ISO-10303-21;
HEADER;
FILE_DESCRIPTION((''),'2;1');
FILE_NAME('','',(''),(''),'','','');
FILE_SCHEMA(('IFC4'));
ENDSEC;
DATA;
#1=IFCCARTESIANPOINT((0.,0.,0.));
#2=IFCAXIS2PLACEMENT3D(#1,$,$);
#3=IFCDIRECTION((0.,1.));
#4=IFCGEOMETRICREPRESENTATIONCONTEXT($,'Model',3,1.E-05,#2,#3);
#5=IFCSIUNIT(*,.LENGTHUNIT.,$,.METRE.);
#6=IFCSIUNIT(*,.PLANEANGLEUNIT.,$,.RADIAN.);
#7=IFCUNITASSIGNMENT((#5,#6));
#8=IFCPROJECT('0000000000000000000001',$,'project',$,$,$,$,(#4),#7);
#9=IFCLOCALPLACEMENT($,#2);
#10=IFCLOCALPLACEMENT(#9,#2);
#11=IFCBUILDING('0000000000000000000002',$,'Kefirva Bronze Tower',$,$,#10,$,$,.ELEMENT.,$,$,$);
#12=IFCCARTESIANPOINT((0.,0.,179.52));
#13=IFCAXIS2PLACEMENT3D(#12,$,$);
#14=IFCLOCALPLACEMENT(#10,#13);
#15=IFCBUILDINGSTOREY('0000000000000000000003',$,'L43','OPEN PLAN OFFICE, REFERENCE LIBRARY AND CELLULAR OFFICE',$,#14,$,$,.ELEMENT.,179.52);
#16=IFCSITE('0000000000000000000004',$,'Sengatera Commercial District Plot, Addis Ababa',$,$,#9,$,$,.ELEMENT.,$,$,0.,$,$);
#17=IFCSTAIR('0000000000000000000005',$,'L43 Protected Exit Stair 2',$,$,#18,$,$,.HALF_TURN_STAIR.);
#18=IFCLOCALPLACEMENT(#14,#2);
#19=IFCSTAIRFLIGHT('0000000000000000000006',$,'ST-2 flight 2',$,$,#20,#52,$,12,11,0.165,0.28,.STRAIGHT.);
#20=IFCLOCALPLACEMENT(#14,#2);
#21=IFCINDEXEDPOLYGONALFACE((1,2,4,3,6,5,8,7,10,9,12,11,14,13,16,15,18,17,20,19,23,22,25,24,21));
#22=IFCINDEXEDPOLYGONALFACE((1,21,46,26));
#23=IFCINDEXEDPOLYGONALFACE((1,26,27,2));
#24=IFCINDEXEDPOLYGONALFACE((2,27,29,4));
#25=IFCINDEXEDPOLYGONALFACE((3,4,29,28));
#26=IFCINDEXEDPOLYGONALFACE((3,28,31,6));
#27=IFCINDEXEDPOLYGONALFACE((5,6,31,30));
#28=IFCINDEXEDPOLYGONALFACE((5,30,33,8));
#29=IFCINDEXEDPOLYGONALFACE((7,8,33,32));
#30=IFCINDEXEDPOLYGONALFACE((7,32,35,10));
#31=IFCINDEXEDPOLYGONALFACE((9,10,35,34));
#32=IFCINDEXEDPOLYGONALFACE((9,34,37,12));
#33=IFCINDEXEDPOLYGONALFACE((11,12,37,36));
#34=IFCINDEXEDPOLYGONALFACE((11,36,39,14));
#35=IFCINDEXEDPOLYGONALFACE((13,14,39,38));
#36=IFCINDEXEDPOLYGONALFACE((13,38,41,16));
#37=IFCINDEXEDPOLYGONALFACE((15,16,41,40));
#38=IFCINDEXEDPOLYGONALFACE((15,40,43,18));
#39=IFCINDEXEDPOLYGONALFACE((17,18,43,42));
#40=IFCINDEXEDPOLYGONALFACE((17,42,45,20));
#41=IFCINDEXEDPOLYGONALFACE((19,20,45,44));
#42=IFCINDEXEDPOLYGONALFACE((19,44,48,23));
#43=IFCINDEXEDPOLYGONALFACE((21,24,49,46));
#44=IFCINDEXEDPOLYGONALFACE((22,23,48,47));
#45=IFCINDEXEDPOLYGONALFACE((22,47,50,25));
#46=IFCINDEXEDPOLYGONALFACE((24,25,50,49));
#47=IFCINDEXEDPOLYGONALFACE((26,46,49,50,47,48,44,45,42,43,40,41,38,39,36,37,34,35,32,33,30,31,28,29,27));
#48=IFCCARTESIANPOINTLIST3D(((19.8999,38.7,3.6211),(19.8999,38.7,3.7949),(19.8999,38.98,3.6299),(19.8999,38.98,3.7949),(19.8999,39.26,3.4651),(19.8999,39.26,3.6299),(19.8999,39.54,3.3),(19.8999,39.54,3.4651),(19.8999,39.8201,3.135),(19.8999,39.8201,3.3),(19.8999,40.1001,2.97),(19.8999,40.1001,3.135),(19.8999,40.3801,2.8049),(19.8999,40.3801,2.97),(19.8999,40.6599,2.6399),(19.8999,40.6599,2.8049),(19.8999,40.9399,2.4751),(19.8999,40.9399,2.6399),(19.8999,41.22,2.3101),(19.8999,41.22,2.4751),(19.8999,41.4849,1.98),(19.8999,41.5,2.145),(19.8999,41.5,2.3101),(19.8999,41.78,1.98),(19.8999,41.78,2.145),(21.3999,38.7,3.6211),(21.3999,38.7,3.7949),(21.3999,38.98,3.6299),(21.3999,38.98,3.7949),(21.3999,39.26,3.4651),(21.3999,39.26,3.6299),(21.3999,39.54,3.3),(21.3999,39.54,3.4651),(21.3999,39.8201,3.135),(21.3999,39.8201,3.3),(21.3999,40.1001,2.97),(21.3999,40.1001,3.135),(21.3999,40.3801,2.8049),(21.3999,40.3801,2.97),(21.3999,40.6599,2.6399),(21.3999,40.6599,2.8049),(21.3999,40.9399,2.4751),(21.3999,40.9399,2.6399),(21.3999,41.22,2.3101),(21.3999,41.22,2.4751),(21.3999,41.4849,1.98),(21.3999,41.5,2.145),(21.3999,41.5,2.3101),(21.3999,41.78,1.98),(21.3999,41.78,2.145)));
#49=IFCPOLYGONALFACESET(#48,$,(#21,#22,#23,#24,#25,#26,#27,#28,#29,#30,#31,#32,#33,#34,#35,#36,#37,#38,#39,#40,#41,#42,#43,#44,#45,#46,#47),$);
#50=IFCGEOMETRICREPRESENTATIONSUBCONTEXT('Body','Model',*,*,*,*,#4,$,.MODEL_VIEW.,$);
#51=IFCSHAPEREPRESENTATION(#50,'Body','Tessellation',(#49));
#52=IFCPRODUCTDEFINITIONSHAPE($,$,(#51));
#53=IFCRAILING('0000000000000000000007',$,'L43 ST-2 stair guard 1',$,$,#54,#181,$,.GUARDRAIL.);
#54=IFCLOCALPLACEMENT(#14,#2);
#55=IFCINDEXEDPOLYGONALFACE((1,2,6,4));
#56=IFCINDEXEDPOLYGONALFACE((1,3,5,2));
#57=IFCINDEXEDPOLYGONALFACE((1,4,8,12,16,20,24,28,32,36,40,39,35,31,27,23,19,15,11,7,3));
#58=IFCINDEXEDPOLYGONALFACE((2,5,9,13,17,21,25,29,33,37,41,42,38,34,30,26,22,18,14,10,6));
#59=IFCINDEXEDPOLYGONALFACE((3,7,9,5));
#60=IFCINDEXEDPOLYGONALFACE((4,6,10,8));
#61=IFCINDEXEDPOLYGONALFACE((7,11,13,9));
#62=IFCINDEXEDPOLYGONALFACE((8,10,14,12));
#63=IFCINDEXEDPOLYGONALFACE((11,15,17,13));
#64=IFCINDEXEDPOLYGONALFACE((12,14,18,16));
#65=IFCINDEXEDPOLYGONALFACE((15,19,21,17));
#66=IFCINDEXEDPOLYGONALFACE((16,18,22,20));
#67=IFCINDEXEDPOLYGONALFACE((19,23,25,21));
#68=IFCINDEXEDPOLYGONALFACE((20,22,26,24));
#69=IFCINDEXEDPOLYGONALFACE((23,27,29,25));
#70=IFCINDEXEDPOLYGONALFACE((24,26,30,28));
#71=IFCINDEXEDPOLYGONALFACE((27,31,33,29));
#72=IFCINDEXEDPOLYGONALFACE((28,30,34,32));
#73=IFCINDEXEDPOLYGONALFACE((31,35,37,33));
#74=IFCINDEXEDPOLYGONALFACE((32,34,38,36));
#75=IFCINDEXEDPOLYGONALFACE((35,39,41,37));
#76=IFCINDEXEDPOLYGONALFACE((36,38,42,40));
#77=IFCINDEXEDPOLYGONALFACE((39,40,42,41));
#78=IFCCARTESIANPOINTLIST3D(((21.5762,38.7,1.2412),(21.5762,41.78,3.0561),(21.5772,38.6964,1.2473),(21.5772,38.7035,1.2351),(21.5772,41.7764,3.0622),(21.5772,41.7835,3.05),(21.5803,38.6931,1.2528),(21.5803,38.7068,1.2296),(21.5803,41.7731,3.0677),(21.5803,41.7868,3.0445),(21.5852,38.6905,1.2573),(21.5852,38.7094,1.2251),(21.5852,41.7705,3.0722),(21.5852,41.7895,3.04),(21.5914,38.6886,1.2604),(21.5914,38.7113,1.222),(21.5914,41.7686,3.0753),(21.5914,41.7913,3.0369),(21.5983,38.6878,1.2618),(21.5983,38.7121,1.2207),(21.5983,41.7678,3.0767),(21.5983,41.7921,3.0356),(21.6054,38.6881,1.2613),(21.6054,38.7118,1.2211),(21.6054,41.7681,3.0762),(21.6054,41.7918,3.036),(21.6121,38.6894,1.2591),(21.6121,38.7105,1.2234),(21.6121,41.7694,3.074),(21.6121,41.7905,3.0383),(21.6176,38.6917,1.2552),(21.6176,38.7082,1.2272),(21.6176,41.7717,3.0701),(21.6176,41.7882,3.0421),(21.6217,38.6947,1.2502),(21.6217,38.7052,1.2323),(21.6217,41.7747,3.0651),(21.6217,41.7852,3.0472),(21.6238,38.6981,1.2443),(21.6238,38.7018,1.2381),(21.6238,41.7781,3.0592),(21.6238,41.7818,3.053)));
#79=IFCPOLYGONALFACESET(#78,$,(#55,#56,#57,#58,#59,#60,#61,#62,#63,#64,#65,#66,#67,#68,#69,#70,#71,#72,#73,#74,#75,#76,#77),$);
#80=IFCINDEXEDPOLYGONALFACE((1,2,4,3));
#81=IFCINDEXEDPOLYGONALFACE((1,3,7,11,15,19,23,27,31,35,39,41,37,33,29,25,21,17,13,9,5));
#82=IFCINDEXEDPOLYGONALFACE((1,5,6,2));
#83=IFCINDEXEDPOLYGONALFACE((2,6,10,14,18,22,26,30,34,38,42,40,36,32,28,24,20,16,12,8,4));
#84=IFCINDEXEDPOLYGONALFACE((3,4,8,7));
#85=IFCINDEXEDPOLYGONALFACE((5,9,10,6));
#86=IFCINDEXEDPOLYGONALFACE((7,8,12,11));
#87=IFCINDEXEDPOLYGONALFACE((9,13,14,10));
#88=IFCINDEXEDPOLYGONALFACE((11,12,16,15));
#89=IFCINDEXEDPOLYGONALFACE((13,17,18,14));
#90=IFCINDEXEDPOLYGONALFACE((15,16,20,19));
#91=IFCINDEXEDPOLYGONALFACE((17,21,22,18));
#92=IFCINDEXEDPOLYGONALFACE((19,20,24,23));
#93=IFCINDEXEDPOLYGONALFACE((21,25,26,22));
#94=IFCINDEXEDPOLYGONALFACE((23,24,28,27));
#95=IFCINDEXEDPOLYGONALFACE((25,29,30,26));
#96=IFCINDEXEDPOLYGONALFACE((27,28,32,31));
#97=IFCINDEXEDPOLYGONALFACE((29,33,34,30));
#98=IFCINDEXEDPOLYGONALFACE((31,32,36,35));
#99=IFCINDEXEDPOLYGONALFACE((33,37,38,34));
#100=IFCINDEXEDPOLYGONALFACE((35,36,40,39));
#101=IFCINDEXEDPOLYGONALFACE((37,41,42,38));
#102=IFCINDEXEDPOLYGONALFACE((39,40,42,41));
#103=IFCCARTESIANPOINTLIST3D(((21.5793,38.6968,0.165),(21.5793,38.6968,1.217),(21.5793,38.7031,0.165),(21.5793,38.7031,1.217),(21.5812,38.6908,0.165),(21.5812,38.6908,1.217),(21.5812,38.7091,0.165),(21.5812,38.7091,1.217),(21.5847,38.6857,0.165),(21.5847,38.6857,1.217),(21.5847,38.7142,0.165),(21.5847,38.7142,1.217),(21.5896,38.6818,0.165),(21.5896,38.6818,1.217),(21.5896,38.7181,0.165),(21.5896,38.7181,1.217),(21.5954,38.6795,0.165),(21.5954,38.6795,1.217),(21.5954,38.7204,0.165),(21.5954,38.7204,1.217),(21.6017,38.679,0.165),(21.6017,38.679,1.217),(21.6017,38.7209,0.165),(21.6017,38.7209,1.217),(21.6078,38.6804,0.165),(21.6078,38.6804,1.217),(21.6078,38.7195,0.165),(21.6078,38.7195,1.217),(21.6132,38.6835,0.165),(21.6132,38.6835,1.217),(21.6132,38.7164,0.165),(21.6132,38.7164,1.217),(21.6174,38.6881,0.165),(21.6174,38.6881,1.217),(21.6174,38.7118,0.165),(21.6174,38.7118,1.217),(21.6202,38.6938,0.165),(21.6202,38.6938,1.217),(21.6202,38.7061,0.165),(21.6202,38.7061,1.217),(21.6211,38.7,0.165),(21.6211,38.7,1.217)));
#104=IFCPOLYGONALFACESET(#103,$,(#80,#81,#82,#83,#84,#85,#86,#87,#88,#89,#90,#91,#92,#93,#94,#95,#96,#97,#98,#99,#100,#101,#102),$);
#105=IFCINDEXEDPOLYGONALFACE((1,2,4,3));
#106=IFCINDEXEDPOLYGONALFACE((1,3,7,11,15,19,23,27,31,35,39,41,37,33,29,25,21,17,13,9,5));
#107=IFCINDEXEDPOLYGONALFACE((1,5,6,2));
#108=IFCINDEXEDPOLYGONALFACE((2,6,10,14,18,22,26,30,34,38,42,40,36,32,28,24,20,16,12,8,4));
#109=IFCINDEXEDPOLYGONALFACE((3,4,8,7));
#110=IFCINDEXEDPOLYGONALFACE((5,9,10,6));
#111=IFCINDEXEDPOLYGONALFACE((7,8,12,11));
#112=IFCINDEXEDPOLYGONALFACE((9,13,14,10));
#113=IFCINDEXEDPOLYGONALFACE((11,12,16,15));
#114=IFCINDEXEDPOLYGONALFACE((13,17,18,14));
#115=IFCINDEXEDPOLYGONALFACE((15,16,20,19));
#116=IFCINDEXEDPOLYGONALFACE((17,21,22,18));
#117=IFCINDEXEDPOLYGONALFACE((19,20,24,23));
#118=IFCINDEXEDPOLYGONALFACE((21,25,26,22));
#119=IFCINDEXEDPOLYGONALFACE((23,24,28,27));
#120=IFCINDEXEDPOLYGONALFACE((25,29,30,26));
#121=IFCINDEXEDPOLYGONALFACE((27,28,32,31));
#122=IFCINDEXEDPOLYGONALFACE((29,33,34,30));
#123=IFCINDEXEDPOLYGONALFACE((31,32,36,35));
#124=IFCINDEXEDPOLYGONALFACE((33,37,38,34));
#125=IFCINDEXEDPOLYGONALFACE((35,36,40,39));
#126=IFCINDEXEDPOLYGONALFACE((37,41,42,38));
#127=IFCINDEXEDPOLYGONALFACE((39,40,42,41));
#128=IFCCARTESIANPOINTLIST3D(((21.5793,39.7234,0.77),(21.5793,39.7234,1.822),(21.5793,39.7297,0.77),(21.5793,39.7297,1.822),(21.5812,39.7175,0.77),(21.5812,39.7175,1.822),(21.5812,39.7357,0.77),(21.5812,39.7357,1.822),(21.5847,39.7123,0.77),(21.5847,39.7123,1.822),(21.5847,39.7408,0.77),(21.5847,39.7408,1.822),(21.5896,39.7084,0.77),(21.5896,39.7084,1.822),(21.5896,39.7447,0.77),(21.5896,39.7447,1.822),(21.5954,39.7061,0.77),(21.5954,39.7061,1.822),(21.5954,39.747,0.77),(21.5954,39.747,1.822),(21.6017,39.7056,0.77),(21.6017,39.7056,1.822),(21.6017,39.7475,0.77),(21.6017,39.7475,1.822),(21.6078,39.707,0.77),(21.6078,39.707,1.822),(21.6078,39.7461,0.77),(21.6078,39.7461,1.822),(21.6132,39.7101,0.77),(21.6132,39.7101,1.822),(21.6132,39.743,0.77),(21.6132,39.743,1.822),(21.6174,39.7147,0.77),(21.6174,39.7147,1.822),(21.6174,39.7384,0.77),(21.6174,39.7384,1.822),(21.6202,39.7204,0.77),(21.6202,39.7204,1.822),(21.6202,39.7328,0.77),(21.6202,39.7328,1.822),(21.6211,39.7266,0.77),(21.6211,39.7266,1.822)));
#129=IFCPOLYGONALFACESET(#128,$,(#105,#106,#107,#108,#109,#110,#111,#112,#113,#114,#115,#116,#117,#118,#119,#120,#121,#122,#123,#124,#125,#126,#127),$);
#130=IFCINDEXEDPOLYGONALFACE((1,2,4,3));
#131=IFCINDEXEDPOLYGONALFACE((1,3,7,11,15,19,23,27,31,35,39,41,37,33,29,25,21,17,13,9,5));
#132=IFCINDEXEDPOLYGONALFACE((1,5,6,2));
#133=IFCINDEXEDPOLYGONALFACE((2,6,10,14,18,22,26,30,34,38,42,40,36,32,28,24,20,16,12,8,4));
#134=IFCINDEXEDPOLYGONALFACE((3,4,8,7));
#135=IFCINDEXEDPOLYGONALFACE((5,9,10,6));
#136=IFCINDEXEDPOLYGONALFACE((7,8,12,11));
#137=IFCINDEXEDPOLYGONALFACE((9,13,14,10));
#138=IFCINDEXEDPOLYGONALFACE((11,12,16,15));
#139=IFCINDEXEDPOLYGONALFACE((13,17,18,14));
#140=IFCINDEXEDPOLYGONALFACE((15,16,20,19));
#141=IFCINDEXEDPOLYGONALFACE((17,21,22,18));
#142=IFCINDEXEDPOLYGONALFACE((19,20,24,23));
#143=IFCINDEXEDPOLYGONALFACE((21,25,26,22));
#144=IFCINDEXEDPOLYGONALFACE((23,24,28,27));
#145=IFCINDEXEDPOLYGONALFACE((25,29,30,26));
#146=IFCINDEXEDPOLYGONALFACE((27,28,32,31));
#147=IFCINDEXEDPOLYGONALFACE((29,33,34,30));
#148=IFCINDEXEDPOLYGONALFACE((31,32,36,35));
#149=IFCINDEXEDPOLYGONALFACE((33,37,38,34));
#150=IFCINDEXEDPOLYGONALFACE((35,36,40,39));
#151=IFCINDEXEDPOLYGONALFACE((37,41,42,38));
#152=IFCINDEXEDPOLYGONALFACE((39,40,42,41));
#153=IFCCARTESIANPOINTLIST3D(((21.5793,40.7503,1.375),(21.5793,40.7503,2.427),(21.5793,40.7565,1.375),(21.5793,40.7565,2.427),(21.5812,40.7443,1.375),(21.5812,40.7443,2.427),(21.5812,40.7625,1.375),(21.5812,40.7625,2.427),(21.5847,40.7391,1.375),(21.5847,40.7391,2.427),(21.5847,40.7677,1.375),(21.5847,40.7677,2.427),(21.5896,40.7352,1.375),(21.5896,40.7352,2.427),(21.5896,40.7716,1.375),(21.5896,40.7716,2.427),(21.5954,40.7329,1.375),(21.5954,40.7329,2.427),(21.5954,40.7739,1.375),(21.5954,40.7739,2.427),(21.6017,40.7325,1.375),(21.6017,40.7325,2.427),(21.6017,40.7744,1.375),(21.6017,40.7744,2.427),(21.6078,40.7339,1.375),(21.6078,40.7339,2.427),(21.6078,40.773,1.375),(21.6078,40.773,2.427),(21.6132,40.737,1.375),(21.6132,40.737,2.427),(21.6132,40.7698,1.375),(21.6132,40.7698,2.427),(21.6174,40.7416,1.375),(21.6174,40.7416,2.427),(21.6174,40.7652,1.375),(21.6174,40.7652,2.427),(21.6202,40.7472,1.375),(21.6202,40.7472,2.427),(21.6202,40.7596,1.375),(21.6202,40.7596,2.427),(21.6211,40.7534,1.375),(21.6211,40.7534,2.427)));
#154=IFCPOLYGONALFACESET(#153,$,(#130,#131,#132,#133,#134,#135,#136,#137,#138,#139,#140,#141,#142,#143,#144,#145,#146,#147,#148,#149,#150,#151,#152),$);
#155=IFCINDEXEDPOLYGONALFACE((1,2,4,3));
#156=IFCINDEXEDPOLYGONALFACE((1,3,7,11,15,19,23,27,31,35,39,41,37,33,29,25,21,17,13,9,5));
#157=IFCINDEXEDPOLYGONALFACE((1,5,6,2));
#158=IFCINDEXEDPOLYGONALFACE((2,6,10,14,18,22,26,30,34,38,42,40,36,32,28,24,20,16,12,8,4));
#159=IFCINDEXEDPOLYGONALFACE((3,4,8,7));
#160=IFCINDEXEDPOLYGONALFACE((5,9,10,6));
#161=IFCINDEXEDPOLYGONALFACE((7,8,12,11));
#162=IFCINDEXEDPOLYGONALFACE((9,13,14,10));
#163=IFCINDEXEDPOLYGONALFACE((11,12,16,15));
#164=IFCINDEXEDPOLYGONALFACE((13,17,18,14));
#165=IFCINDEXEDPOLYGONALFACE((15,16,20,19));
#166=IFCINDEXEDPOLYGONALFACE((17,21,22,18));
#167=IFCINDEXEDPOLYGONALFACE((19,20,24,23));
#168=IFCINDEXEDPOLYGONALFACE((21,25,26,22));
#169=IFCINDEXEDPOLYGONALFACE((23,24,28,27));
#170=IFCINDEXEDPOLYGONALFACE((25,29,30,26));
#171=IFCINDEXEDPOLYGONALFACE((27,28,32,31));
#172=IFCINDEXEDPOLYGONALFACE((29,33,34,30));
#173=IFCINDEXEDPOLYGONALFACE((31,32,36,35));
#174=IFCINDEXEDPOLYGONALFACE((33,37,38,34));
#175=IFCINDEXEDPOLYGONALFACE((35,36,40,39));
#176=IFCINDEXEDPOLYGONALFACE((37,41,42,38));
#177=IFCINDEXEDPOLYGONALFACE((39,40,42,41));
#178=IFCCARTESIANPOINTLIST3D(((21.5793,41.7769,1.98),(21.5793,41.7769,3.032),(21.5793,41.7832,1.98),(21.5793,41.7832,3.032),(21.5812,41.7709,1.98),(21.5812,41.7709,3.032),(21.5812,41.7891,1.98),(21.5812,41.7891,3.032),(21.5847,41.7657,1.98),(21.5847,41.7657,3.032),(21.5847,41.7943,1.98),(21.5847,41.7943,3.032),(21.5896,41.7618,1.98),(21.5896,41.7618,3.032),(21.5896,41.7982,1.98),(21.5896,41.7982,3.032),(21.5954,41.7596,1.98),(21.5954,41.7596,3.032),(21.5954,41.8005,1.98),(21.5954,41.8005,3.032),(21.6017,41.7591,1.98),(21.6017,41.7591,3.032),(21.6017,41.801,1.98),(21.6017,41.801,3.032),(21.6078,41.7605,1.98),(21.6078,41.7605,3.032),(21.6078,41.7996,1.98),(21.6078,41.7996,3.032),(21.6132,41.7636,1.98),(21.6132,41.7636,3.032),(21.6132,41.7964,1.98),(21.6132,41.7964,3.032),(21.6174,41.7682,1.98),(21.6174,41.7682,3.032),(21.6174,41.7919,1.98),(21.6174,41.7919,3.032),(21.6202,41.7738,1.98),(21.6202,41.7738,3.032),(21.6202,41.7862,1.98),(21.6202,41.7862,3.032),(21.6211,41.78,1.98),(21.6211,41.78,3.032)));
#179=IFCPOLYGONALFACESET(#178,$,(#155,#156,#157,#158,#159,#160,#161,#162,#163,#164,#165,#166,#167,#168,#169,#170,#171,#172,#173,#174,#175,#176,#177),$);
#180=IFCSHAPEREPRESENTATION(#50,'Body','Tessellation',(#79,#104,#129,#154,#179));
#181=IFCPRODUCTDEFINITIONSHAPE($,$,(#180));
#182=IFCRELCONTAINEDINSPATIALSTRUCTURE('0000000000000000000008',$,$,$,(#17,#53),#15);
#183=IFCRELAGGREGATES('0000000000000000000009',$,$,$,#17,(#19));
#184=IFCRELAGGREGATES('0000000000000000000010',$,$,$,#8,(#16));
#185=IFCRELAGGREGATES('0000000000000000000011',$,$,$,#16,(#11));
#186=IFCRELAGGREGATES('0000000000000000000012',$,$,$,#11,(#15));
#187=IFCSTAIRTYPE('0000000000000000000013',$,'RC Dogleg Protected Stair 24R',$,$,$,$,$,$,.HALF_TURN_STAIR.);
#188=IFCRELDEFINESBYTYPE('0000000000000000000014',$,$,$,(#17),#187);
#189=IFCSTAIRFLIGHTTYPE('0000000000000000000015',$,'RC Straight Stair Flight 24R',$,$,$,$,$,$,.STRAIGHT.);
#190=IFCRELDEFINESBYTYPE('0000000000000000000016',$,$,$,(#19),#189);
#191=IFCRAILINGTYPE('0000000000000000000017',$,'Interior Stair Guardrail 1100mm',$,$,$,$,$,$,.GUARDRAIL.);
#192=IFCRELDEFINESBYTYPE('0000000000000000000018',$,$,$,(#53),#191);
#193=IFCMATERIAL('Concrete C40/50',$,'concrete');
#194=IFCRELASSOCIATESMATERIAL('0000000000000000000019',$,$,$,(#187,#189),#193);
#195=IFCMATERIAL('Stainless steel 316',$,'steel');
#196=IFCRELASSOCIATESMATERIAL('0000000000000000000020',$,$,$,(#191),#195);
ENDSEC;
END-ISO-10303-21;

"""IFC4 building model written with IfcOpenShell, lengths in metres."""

from ifc_helpers import new_model, si_unit, direction, frame, origin, origin_2d, place, context, subcontext, project, spatial, polyline, circle, outline, extrude, material, type_object, element, aggregate, save


model = new_model("IFC4")

# Units and contexts
model_context = context("Model", 3, precision=1e-05, world=origin(), true_north=direction((0.0, 1.0)))
body_context = subcontext(model_context, "Body", "Model", "MODEL_VIEW")
ifc_project = project(units=[si_unit("LENGTHUNIT", "METRE"), si_unit("PLANEANGLEUNIT", "RADIAN")], contexts=[model_context])

# Site, building, storey
site_placement = place(None, origin())
site = spatial("IfcSite", under=ifc_project, at=site_placement, Name="Sengatera Commercial District Plot, Addis Ababa", CompositionType="ELEMENT", RefElevation=0.0)
building_placement = place(site_placement, origin())
building = spatial("IfcBuilding", under=site, at=building_placement, Name="Kefirva Bronze Tower", CompositionType="ELEMENT")
storey_placement = place(building_placement, frame((0.0, 0.0, 179.52)))
storey = spatial("IfcBuildingStorey", under=building, at=storey_placement, Name="L43", Description="OPEN PLAN OFFICE, REFERENCE LIBRARY AND CELLULAR OFFICE", CompositionType="ELEMENT", Elevation=179.52)

# Stair, stair flight
ifc_material_1 = material(Name="Concrete C40/50", Category="concrete")
stair_type = type_object("IfcStairType", Name="RC Dogleg Protected Stair 24R", PredefinedType="HALF_TURN_STAIR", material=ifc_material_1)
stair_placement = place(storey_placement, origin())
stair = element("IfcStair", 1, at=stair_placement, inside=storey, type_object=stair_type, Name="L43 Protected Exit Stair 2", PredefinedType="HALF_TURN_STAIR")
stair_flight_type = type_object("IfcStairFlightType", Name="RC Straight Stair Flight 24R", PredefinedType="STRAIGHT", material=ifc_material_1)
stair_flight_1_placement = place(storey_placement, frame((20.6499, 41.78, 1.98), z_axis=(0.0, 0.0, 1.0), x_axis=(0.0, -1.0, 0.0)))
stair_flight_1 = element("IfcStairFlight", 2, at=stair_flight_1_placement, type_object=stair_flight_type, Name="ST-2 flight 2", NumberOfRisers=12, NumberOfTreads=11, PredefinedType="STRAIGHT", RiserHeight=0.165, TreadLength=0.28, context=body_context, shape_type="SweptSolid", body=[
    extrude(outline(polyline([(0.0, 0.0), (0.0, 0.165), (0.28, 0.165), (0.28, 0.3301), (0.5601, 0.3301), (0.5601, 0.4951), (0.8401, 0.4951), (0.8401, 0.6599), (1.1201, 0.6599), (1.1201, 0.825), (1.3999, 0.825), (1.3999, 0.99), (1.6799, 0.99), (1.6799, 1.155), (1.96, 1.155), (1.96, 1.3201), (2.24, 1.3201), (2.24, 1.4851), (2.52, 1.4851), (2.52, 1.6499), (2.8, 1.6499), (2.8, 1.8149), (3.0801, 1.8149), (3.0801, 1.98), (3.0801, 1.6411), (0.2952, 0.0), (0.0, 0.0)])), frame((0.0, 0.75, 0.0), z_axis=(0.0, -1.0, 0.0), x_axis=(1.0, 0.0, 0.0)), (0.0, 0.0, 1.0), 1.5),
])
aggregate(stair, [stair_flight_1])

# Railing
ifc_material_2 = material(Name="Stainless steel 316", Category="steel")
railing_type_1 = type_object("IfcRailingType", Name="Interior Stair Guardrail 1100mm", PredefinedType="GUARDRAIL", material=ifc_material_2)
railing_1_placement = place(storey_placement, frame((21.6001, 38.7, 0.165)))
element("IfcRailing", 3, at=railing_1_placement, inside=storey, type_object=railing_type_1, Name="L43 ST-2 stair guard 1", PredefinedType="GUARDRAIL", context=body_context, shape_type="SweptSolid", body=[
    extrude(circle(Radius=0.0239, at=origin_2d()), frame((0.0, 0.0, 1.0762), z_axis=(0.0, 0.861551, 0.507671), x_axis=(-1.0, 0.0, 0.0)), (0.0, 0.0, 1.0), 3.575),
    extrude(circle(Radius=0.021, at=origin_2d()), origin(), (0.0, 0.0, 1.0), 1.052),
    extrude(circle(Radius=0.021, at=origin_2d()), frame((0.0, 1.0266, 0.605)), (0.0, 0.0, 1.0), 1.052),
    extrude(circle(Radius=0.021, at=origin_2d()), frame((0.0, 2.0535, 1.21)), (0.0, 0.0, 1.0), 1.052),
    extrude(circle(Radius=0.021, at=origin_2d()), frame((0.0, 3.0801, 1.8149)), (0.0, 0.0, 1.0), 1.052),
])

save(model, "model.ifc")
